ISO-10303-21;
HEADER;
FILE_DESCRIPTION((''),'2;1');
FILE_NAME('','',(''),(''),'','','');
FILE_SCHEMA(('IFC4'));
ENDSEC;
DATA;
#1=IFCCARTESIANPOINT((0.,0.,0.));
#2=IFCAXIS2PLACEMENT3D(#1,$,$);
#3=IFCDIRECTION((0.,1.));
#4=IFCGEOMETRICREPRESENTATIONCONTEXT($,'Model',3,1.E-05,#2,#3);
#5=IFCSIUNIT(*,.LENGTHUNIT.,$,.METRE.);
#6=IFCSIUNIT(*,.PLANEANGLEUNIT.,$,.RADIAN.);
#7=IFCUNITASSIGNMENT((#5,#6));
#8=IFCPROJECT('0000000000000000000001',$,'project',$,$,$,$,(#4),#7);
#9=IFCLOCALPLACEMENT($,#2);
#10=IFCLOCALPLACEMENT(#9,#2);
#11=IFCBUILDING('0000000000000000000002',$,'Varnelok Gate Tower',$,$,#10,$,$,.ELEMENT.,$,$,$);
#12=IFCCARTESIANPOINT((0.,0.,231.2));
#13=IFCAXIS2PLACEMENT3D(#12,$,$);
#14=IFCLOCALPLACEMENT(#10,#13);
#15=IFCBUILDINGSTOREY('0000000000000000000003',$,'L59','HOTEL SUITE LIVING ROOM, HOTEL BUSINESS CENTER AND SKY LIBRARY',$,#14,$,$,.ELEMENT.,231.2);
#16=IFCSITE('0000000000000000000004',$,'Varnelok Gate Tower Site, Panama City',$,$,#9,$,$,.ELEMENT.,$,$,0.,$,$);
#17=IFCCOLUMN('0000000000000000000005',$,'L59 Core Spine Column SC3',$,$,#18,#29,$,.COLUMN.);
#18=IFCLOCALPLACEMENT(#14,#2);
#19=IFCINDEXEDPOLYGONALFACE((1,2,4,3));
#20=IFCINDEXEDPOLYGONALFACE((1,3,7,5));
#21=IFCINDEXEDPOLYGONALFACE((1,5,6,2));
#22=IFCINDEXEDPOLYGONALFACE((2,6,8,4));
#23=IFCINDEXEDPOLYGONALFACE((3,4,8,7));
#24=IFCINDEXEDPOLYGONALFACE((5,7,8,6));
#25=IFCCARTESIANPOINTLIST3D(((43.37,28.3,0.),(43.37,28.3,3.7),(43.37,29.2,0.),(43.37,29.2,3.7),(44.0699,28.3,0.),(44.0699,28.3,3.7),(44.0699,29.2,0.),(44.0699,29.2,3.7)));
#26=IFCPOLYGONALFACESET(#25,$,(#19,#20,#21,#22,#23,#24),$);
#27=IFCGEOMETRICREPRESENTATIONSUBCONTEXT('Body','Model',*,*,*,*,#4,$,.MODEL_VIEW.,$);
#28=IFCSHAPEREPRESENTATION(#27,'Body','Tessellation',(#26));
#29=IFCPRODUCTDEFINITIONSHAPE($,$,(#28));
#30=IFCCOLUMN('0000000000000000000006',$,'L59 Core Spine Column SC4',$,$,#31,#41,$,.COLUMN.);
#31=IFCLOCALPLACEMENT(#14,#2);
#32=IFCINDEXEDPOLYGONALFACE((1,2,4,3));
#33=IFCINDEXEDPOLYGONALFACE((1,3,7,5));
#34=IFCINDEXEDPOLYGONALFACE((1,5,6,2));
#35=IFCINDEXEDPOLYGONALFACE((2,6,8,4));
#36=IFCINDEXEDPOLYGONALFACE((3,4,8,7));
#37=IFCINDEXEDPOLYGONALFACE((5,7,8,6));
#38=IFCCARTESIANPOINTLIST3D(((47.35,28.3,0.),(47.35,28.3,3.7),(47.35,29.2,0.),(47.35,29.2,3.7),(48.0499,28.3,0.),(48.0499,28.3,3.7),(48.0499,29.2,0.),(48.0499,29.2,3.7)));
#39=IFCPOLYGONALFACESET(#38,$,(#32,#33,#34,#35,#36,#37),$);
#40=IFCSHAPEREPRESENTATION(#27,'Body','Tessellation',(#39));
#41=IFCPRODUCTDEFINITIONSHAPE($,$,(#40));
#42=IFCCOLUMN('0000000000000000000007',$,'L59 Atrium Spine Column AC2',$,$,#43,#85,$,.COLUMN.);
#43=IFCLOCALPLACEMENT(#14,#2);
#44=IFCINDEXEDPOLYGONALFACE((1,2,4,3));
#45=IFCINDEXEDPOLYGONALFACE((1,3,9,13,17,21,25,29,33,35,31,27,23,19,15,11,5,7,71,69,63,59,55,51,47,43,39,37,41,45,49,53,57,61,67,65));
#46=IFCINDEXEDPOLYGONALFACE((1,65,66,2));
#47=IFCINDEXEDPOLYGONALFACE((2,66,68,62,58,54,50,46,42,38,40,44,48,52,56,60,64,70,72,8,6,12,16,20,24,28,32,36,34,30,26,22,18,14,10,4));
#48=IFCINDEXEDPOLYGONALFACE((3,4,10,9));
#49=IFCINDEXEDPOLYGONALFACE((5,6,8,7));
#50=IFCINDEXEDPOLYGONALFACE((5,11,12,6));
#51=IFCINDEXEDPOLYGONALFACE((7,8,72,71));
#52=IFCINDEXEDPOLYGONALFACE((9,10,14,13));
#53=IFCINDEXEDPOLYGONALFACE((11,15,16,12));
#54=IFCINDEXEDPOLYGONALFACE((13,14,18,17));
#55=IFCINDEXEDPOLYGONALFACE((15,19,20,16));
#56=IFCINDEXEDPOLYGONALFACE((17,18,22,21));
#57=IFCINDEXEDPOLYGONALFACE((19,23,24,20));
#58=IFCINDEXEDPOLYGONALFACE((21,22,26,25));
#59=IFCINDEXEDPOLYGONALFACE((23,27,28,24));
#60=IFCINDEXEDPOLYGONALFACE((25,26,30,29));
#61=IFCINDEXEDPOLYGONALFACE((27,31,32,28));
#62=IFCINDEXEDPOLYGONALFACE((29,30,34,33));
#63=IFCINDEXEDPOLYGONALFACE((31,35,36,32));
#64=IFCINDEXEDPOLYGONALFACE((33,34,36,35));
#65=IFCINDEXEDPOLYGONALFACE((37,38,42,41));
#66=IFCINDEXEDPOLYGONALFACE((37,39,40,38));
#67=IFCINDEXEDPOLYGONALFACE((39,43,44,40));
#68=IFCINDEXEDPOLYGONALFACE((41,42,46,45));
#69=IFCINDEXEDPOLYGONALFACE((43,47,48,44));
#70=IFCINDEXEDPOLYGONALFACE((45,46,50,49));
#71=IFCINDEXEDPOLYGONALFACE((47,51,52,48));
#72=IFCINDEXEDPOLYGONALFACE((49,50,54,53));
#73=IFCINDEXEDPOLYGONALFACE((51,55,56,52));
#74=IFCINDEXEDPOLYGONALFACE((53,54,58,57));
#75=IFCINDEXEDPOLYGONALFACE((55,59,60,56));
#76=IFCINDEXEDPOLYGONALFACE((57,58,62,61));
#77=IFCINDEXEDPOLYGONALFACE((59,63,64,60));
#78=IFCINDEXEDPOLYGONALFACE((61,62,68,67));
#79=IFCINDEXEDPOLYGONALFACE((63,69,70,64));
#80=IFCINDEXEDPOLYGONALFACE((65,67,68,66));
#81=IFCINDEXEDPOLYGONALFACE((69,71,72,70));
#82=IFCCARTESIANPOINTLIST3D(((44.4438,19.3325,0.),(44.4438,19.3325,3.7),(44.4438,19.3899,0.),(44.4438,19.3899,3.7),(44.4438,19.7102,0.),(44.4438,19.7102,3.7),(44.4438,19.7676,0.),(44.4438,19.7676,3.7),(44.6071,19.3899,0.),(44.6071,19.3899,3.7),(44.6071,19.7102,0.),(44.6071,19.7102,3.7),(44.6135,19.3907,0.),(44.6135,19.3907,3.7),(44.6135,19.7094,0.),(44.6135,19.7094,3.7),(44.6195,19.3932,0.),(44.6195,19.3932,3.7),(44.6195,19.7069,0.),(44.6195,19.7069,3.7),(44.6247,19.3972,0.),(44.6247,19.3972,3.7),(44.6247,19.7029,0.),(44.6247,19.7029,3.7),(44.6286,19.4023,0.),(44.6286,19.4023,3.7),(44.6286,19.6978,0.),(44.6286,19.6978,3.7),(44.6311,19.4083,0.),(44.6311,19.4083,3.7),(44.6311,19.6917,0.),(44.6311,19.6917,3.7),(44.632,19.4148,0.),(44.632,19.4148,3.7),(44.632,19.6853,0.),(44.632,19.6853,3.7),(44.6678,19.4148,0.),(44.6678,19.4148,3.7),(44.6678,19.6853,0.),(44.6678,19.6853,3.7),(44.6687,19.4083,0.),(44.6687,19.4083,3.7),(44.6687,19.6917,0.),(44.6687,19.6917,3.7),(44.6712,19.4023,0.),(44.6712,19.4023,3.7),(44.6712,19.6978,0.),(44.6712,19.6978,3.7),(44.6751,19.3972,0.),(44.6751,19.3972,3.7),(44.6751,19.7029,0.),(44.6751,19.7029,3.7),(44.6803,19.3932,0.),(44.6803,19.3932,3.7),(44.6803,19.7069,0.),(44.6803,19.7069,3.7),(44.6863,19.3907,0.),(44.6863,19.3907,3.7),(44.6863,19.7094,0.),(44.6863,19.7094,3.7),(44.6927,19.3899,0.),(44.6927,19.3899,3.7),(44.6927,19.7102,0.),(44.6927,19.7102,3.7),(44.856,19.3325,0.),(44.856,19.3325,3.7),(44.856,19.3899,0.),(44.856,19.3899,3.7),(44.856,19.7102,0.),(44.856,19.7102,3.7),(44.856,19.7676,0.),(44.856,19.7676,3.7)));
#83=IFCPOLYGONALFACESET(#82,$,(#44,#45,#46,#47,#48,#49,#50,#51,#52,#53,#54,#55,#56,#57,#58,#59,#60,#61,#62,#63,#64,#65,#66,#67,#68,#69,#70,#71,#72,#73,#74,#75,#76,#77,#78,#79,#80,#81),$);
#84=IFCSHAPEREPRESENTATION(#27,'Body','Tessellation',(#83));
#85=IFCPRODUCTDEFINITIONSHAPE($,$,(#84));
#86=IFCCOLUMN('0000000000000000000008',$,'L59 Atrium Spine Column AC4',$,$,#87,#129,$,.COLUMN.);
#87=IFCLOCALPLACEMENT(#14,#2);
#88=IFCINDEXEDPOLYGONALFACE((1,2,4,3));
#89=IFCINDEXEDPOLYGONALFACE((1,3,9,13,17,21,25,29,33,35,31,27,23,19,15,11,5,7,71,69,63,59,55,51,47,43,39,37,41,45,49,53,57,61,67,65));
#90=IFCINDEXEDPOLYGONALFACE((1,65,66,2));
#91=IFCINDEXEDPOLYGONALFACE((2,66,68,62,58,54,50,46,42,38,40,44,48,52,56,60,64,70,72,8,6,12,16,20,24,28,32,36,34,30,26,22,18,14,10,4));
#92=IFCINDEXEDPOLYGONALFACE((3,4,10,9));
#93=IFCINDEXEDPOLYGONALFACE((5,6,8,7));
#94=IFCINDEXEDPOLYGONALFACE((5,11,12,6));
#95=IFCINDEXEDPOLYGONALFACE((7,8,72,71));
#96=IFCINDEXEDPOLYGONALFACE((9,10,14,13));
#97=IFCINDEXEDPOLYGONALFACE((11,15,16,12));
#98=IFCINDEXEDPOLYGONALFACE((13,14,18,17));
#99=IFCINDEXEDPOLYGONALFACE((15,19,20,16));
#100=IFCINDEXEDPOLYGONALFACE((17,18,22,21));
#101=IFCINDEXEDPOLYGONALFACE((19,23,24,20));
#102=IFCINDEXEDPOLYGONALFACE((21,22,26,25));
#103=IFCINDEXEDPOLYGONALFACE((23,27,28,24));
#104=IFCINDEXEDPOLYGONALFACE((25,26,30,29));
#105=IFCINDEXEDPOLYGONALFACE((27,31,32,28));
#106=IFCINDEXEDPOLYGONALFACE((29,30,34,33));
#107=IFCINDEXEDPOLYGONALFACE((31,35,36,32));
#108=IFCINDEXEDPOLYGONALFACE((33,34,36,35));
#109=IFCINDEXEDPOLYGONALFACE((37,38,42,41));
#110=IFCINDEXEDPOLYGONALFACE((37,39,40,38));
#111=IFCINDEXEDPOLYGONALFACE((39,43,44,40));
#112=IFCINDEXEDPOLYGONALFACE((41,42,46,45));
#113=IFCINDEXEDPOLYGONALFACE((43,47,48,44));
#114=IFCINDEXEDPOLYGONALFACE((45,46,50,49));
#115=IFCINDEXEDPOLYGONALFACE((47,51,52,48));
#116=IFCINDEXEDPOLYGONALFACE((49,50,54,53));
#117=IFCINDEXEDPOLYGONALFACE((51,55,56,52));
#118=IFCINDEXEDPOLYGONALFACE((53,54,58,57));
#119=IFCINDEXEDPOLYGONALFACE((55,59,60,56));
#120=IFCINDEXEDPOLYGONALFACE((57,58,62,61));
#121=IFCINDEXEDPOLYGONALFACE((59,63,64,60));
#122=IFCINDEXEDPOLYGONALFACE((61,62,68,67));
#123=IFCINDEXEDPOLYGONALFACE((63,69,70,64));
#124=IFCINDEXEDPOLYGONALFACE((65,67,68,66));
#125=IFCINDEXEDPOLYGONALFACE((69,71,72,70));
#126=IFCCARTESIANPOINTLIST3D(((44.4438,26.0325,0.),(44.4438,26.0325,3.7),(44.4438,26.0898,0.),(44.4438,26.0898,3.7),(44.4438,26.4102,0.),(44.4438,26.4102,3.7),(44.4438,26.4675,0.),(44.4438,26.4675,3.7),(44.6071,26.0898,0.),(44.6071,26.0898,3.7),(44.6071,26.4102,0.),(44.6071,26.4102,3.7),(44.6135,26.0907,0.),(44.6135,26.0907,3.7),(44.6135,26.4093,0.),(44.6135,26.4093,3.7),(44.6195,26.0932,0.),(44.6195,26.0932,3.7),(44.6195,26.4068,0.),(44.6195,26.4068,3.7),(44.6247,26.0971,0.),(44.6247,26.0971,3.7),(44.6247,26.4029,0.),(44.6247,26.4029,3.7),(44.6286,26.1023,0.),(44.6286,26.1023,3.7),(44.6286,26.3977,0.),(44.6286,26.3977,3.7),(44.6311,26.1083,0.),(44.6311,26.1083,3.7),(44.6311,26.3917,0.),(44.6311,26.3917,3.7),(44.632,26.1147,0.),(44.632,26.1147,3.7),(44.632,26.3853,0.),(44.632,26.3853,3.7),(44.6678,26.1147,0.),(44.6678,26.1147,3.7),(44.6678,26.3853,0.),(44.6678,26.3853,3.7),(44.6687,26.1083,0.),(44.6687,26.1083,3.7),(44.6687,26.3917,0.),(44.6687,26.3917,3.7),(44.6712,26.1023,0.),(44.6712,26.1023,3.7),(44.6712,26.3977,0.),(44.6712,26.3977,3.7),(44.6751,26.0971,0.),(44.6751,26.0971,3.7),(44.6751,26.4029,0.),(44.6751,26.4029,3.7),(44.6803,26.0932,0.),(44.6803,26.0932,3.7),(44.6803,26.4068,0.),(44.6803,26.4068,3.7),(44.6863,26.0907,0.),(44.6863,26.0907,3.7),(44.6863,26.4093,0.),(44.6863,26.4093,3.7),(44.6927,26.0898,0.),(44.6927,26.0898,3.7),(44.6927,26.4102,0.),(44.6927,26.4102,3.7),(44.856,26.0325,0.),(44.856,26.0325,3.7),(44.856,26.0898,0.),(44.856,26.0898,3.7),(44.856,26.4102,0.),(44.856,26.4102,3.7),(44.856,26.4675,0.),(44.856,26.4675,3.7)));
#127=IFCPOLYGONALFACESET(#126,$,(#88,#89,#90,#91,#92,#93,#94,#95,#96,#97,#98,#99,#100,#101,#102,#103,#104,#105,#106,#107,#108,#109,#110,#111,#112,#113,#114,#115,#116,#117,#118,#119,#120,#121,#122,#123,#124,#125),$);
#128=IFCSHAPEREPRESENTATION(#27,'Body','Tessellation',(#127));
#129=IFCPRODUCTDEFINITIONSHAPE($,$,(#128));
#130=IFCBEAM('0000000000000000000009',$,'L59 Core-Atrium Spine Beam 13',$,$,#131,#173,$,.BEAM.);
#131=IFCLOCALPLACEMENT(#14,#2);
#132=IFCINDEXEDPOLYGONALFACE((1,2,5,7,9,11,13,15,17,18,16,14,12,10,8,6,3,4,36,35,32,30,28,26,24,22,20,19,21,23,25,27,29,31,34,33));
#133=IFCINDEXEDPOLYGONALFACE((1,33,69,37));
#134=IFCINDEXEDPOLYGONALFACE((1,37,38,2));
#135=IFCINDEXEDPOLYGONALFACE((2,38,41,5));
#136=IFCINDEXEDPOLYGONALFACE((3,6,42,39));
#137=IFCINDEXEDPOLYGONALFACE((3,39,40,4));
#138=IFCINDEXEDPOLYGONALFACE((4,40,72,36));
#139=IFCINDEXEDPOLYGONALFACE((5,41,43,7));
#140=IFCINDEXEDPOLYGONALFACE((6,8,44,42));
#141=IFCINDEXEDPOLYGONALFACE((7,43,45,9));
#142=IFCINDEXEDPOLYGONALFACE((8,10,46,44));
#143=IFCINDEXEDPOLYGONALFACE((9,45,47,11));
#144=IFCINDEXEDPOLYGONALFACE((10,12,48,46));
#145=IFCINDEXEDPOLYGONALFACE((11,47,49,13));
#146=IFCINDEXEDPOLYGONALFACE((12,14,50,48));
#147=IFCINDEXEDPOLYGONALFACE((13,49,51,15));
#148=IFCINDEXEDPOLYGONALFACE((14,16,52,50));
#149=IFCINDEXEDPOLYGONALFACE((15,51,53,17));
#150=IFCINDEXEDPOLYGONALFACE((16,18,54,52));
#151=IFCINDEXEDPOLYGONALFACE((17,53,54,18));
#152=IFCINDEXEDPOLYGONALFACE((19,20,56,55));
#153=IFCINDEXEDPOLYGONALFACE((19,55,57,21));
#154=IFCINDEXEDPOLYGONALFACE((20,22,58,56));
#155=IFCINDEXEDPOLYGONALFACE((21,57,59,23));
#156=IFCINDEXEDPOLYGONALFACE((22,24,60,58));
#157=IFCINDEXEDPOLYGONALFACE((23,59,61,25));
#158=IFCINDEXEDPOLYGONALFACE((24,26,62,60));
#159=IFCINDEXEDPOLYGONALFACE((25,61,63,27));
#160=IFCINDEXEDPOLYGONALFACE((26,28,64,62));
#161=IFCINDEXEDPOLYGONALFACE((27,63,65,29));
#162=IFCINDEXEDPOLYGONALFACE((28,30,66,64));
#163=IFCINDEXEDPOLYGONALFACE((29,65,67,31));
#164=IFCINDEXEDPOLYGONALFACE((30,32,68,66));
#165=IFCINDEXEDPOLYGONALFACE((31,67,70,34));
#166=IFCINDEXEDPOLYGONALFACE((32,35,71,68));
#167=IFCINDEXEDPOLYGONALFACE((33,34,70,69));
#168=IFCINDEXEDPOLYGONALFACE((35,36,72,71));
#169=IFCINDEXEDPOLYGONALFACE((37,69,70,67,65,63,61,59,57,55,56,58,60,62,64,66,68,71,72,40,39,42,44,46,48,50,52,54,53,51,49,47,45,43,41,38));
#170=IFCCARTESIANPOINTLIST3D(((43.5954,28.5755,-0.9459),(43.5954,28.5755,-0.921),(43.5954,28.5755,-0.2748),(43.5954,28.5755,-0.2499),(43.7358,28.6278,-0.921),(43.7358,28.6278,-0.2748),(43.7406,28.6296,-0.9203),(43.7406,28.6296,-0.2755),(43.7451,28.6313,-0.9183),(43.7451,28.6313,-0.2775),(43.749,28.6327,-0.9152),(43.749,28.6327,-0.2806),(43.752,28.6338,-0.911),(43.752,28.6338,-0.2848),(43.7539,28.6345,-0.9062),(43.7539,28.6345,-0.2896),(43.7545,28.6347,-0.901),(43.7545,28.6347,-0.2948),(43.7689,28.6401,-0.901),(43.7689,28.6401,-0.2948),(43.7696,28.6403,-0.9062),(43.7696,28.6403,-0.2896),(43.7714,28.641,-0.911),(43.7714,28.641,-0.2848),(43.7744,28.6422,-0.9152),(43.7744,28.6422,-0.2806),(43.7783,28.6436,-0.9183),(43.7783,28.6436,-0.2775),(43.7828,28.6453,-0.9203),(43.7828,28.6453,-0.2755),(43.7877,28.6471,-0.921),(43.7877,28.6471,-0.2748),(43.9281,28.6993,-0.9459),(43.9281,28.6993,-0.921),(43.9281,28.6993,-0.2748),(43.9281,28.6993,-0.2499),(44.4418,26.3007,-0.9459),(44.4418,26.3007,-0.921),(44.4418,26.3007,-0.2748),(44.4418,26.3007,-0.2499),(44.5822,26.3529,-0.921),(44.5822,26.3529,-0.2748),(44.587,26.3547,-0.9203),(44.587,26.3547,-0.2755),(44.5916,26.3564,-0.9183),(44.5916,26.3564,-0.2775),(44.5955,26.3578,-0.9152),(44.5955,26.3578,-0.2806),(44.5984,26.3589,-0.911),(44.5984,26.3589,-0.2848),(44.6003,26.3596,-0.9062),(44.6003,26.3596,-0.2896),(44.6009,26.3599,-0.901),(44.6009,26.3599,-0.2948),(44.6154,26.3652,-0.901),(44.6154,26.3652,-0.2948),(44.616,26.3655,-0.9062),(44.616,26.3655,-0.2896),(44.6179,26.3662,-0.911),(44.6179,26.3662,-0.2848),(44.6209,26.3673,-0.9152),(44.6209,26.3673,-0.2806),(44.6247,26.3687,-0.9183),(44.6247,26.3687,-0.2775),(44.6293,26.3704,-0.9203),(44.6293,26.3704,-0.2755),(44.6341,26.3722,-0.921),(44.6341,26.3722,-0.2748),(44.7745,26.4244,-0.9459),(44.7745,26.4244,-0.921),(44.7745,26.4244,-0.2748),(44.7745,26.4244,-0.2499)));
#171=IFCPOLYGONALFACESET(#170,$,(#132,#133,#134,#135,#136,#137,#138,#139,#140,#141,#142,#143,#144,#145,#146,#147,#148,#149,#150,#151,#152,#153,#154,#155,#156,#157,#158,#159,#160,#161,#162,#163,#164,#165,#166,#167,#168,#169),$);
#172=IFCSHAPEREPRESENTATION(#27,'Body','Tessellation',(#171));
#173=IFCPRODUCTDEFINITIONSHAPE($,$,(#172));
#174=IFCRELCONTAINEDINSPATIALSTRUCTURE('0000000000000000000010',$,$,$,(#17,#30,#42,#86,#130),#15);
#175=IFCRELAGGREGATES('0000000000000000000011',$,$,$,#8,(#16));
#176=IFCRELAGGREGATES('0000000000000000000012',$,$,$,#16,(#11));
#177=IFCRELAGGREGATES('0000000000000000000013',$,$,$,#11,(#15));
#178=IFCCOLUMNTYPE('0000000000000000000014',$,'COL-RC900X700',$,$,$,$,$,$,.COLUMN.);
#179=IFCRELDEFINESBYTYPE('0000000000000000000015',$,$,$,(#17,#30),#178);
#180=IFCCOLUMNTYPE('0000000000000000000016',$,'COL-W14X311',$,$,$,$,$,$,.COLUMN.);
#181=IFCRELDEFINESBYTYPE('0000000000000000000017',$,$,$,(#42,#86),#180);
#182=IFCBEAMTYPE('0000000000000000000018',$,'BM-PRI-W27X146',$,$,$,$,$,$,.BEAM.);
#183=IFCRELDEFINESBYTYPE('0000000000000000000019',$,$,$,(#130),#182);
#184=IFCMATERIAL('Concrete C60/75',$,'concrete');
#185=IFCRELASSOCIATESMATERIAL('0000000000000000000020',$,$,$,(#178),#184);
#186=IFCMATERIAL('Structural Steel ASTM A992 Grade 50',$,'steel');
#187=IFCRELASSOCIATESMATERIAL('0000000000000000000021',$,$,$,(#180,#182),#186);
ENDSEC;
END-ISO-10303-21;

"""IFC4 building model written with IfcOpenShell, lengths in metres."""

from ifc_helpers import new_model, si_unit, direction, frame, origin, origin_2d, place, context, subcontext, project, spatial, rectangle, i_section, extrude, material, material_profile, profile_set, type_object, element, save


model = new_model("IFC4")

# Units and contexts
model_context = context("Model", 3, precision=1e-05, world=origin(), true_north=direction((0.0, 1.0)))
body_context = subcontext(model_context, "Body", "Model", "MODEL_VIEW")
ifc_project = project(units=[si_unit("LENGTHUNIT", "METRE"), si_unit("PLANEANGLEUNIT", "RADIAN")], contexts=[model_context])

# Site, building, storey
site_placement = place(None, origin())
site = spatial("IfcSite", under=ifc_project, at=site_placement, Name="Varnelok Gate Tower Site, Panama City", CompositionType="ELEMENT", RefElevation=0.0)
building_placement = place(site_placement, origin())
building = spatial("IfcBuilding", under=site, at=building_placement, Name="Varnelok Gate Tower", CompositionType="ELEMENT")
storey_placement = place(building_placement, frame((0.0, 0.0, 231.2)))
storey = spatial("IfcBuildingStorey", under=building, at=storey_placement, Name="L59", Description="HOTEL SUITE LIVING ROOM, HOTEL BUSINESS CENTER AND SKY LIBRARY", CompositionType="ELEMENT", Elevation=231.2)

# Columns
ifc_material_1 = material(Name="Concrete C60/75", Category="concrete")
ifc_material_profile_1 = material_profile(ifc_material_1, rectangle(XDim=0.7, YDim=0.8999, at=origin_2d()), Name="RC900X700")
ifc_profile_set_1 = profile_set([ifc_material_profile_1], Name="Concrete C60/75")
column_type_1 = type_object("IfcColumnType", Name="COL-RC900X700", PredefinedType="COLUMN", material=ifc_profile_set_1)
for number, where, z_axis, x_axis, name in (
    (1, (43.72, 28.75, 0.0), (0.0, 0.0, 1.0), (1.0, 0.0, 0.0), "L59 Core Spine Column SC3"),
    (2, (47.7, 28.75, 0.0), (0.0, 0.0, 1.0), (1.0, 0.0, 0.0), "L59 Core Spine Column SC4"),
):
    element("IfcColumn", number, at=place(storey_placement, frame(where, z_axis=z_axis, x_axis=x_axis)), inside=storey, type_object=column_type_1, Name=name, PredefinedType="COLUMN", context=body_context, shape_type="SweptSolid", body=[
        extrude(rectangle(XDim=0.7, YDim=0.8999, at=origin_2d()), origin(), (0.0, 0.0, 1.0), 3.7),
    ])
ifc_material_2 = material(Name="Structural Steel ASTM A992 Grade 50", Category="steel")
ifc_material_profile_2 = material_profile(ifc_material_2, i_section(OverallWidth=0.4121, OverallDepth=0.4351, WebThickness=0.0359, FlangeThickness=0.0574, FilletRadius=0.0249, at=origin_2d()), Name="W14X311")
ifc_profile_set_2 = profile_set([ifc_material_profile_2], Name="Structural Steel ASTM A992 Grade 50")
column_type_2 = type_object("IfcColumnType", Name="COL-W14X311", PredefinedType="COLUMN", material=ifc_profile_set_2)
for number, where, z_axis, x_axis, name in (
    (3, (44.6499, 19.55, 0.0), (0.0, 0.0, 1.0), (1.0, 0.0, 0.0), "L59 Atrium Spine Column AC2"),
    (4, (44.6499, 26.25, 0.0), (0.0, 0.0, 1.0), (1.0, 0.0, 0.0), "L59 Atrium Spine Column AC4"),
):
    element("IfcColumn", number, at=place(storey_placement, frame(where, z_axis=z_axis, x_axis=x_axis)), inside=storey, type_object=column_type_2, Name=name, PredefinedType="COLUMN", context=body_context, shape_type="SweptSolid", body=[
        extrude(i_section(OverallWidth=0.4121, OverallDepth=0.4351, WebThickness=0.0359, FlangeThickness=0.0574, FilletRadius=0.0249, at=origin_2d()), origin(), (0.0, 0.0, 1.0), 3.7),
    ])

# Beam
ifc_material_profile_3 = material_profile(ifc_material_2, i_section(OverallWidth=0.355, OverallDepth=0.696, WebThickness=0.0154, FlangeThickness=0.0249, FilletRadius=0.02, at=origin_2d()), Name="W27X146")
ifc_profile_set_3 = profile_set([ifc_material_profile_3], Name="Structural Steel ASTM A992 Grade 50")
beam_type_1 = type_object("IfcBeamType", Name="BM-PRI-W27X146", PredefinedType="BEAM", material=ifc_profile_set_3)
beam_1_placement = place(storey_placement, frame((44.6082, 26.3625, -0.5979), z_axis=(-0.348719, 0.937227, 0.0), x_axis=(-0.937227, -0.348719, 0.0)))
element("IfcBeam", 5, at=beam_1_placement, inside=storey, type_object=beam_type_1, Name="L59 Core-Atrium Spine Beam 13", PredefinedType="BEAM", context=body_context, shape_type="SweptSolid", body=[
    extrude(i_section(OverallWidth=0.355, OverallDepth=0.696, WebThickness=0.0154, FlangeThickness=0.0249, FilletRadius=0.02, at=origin_2d()), origin(), (0.0, 0.0, 1.0), 2.4272),
])

save(model, "model.ifc")
